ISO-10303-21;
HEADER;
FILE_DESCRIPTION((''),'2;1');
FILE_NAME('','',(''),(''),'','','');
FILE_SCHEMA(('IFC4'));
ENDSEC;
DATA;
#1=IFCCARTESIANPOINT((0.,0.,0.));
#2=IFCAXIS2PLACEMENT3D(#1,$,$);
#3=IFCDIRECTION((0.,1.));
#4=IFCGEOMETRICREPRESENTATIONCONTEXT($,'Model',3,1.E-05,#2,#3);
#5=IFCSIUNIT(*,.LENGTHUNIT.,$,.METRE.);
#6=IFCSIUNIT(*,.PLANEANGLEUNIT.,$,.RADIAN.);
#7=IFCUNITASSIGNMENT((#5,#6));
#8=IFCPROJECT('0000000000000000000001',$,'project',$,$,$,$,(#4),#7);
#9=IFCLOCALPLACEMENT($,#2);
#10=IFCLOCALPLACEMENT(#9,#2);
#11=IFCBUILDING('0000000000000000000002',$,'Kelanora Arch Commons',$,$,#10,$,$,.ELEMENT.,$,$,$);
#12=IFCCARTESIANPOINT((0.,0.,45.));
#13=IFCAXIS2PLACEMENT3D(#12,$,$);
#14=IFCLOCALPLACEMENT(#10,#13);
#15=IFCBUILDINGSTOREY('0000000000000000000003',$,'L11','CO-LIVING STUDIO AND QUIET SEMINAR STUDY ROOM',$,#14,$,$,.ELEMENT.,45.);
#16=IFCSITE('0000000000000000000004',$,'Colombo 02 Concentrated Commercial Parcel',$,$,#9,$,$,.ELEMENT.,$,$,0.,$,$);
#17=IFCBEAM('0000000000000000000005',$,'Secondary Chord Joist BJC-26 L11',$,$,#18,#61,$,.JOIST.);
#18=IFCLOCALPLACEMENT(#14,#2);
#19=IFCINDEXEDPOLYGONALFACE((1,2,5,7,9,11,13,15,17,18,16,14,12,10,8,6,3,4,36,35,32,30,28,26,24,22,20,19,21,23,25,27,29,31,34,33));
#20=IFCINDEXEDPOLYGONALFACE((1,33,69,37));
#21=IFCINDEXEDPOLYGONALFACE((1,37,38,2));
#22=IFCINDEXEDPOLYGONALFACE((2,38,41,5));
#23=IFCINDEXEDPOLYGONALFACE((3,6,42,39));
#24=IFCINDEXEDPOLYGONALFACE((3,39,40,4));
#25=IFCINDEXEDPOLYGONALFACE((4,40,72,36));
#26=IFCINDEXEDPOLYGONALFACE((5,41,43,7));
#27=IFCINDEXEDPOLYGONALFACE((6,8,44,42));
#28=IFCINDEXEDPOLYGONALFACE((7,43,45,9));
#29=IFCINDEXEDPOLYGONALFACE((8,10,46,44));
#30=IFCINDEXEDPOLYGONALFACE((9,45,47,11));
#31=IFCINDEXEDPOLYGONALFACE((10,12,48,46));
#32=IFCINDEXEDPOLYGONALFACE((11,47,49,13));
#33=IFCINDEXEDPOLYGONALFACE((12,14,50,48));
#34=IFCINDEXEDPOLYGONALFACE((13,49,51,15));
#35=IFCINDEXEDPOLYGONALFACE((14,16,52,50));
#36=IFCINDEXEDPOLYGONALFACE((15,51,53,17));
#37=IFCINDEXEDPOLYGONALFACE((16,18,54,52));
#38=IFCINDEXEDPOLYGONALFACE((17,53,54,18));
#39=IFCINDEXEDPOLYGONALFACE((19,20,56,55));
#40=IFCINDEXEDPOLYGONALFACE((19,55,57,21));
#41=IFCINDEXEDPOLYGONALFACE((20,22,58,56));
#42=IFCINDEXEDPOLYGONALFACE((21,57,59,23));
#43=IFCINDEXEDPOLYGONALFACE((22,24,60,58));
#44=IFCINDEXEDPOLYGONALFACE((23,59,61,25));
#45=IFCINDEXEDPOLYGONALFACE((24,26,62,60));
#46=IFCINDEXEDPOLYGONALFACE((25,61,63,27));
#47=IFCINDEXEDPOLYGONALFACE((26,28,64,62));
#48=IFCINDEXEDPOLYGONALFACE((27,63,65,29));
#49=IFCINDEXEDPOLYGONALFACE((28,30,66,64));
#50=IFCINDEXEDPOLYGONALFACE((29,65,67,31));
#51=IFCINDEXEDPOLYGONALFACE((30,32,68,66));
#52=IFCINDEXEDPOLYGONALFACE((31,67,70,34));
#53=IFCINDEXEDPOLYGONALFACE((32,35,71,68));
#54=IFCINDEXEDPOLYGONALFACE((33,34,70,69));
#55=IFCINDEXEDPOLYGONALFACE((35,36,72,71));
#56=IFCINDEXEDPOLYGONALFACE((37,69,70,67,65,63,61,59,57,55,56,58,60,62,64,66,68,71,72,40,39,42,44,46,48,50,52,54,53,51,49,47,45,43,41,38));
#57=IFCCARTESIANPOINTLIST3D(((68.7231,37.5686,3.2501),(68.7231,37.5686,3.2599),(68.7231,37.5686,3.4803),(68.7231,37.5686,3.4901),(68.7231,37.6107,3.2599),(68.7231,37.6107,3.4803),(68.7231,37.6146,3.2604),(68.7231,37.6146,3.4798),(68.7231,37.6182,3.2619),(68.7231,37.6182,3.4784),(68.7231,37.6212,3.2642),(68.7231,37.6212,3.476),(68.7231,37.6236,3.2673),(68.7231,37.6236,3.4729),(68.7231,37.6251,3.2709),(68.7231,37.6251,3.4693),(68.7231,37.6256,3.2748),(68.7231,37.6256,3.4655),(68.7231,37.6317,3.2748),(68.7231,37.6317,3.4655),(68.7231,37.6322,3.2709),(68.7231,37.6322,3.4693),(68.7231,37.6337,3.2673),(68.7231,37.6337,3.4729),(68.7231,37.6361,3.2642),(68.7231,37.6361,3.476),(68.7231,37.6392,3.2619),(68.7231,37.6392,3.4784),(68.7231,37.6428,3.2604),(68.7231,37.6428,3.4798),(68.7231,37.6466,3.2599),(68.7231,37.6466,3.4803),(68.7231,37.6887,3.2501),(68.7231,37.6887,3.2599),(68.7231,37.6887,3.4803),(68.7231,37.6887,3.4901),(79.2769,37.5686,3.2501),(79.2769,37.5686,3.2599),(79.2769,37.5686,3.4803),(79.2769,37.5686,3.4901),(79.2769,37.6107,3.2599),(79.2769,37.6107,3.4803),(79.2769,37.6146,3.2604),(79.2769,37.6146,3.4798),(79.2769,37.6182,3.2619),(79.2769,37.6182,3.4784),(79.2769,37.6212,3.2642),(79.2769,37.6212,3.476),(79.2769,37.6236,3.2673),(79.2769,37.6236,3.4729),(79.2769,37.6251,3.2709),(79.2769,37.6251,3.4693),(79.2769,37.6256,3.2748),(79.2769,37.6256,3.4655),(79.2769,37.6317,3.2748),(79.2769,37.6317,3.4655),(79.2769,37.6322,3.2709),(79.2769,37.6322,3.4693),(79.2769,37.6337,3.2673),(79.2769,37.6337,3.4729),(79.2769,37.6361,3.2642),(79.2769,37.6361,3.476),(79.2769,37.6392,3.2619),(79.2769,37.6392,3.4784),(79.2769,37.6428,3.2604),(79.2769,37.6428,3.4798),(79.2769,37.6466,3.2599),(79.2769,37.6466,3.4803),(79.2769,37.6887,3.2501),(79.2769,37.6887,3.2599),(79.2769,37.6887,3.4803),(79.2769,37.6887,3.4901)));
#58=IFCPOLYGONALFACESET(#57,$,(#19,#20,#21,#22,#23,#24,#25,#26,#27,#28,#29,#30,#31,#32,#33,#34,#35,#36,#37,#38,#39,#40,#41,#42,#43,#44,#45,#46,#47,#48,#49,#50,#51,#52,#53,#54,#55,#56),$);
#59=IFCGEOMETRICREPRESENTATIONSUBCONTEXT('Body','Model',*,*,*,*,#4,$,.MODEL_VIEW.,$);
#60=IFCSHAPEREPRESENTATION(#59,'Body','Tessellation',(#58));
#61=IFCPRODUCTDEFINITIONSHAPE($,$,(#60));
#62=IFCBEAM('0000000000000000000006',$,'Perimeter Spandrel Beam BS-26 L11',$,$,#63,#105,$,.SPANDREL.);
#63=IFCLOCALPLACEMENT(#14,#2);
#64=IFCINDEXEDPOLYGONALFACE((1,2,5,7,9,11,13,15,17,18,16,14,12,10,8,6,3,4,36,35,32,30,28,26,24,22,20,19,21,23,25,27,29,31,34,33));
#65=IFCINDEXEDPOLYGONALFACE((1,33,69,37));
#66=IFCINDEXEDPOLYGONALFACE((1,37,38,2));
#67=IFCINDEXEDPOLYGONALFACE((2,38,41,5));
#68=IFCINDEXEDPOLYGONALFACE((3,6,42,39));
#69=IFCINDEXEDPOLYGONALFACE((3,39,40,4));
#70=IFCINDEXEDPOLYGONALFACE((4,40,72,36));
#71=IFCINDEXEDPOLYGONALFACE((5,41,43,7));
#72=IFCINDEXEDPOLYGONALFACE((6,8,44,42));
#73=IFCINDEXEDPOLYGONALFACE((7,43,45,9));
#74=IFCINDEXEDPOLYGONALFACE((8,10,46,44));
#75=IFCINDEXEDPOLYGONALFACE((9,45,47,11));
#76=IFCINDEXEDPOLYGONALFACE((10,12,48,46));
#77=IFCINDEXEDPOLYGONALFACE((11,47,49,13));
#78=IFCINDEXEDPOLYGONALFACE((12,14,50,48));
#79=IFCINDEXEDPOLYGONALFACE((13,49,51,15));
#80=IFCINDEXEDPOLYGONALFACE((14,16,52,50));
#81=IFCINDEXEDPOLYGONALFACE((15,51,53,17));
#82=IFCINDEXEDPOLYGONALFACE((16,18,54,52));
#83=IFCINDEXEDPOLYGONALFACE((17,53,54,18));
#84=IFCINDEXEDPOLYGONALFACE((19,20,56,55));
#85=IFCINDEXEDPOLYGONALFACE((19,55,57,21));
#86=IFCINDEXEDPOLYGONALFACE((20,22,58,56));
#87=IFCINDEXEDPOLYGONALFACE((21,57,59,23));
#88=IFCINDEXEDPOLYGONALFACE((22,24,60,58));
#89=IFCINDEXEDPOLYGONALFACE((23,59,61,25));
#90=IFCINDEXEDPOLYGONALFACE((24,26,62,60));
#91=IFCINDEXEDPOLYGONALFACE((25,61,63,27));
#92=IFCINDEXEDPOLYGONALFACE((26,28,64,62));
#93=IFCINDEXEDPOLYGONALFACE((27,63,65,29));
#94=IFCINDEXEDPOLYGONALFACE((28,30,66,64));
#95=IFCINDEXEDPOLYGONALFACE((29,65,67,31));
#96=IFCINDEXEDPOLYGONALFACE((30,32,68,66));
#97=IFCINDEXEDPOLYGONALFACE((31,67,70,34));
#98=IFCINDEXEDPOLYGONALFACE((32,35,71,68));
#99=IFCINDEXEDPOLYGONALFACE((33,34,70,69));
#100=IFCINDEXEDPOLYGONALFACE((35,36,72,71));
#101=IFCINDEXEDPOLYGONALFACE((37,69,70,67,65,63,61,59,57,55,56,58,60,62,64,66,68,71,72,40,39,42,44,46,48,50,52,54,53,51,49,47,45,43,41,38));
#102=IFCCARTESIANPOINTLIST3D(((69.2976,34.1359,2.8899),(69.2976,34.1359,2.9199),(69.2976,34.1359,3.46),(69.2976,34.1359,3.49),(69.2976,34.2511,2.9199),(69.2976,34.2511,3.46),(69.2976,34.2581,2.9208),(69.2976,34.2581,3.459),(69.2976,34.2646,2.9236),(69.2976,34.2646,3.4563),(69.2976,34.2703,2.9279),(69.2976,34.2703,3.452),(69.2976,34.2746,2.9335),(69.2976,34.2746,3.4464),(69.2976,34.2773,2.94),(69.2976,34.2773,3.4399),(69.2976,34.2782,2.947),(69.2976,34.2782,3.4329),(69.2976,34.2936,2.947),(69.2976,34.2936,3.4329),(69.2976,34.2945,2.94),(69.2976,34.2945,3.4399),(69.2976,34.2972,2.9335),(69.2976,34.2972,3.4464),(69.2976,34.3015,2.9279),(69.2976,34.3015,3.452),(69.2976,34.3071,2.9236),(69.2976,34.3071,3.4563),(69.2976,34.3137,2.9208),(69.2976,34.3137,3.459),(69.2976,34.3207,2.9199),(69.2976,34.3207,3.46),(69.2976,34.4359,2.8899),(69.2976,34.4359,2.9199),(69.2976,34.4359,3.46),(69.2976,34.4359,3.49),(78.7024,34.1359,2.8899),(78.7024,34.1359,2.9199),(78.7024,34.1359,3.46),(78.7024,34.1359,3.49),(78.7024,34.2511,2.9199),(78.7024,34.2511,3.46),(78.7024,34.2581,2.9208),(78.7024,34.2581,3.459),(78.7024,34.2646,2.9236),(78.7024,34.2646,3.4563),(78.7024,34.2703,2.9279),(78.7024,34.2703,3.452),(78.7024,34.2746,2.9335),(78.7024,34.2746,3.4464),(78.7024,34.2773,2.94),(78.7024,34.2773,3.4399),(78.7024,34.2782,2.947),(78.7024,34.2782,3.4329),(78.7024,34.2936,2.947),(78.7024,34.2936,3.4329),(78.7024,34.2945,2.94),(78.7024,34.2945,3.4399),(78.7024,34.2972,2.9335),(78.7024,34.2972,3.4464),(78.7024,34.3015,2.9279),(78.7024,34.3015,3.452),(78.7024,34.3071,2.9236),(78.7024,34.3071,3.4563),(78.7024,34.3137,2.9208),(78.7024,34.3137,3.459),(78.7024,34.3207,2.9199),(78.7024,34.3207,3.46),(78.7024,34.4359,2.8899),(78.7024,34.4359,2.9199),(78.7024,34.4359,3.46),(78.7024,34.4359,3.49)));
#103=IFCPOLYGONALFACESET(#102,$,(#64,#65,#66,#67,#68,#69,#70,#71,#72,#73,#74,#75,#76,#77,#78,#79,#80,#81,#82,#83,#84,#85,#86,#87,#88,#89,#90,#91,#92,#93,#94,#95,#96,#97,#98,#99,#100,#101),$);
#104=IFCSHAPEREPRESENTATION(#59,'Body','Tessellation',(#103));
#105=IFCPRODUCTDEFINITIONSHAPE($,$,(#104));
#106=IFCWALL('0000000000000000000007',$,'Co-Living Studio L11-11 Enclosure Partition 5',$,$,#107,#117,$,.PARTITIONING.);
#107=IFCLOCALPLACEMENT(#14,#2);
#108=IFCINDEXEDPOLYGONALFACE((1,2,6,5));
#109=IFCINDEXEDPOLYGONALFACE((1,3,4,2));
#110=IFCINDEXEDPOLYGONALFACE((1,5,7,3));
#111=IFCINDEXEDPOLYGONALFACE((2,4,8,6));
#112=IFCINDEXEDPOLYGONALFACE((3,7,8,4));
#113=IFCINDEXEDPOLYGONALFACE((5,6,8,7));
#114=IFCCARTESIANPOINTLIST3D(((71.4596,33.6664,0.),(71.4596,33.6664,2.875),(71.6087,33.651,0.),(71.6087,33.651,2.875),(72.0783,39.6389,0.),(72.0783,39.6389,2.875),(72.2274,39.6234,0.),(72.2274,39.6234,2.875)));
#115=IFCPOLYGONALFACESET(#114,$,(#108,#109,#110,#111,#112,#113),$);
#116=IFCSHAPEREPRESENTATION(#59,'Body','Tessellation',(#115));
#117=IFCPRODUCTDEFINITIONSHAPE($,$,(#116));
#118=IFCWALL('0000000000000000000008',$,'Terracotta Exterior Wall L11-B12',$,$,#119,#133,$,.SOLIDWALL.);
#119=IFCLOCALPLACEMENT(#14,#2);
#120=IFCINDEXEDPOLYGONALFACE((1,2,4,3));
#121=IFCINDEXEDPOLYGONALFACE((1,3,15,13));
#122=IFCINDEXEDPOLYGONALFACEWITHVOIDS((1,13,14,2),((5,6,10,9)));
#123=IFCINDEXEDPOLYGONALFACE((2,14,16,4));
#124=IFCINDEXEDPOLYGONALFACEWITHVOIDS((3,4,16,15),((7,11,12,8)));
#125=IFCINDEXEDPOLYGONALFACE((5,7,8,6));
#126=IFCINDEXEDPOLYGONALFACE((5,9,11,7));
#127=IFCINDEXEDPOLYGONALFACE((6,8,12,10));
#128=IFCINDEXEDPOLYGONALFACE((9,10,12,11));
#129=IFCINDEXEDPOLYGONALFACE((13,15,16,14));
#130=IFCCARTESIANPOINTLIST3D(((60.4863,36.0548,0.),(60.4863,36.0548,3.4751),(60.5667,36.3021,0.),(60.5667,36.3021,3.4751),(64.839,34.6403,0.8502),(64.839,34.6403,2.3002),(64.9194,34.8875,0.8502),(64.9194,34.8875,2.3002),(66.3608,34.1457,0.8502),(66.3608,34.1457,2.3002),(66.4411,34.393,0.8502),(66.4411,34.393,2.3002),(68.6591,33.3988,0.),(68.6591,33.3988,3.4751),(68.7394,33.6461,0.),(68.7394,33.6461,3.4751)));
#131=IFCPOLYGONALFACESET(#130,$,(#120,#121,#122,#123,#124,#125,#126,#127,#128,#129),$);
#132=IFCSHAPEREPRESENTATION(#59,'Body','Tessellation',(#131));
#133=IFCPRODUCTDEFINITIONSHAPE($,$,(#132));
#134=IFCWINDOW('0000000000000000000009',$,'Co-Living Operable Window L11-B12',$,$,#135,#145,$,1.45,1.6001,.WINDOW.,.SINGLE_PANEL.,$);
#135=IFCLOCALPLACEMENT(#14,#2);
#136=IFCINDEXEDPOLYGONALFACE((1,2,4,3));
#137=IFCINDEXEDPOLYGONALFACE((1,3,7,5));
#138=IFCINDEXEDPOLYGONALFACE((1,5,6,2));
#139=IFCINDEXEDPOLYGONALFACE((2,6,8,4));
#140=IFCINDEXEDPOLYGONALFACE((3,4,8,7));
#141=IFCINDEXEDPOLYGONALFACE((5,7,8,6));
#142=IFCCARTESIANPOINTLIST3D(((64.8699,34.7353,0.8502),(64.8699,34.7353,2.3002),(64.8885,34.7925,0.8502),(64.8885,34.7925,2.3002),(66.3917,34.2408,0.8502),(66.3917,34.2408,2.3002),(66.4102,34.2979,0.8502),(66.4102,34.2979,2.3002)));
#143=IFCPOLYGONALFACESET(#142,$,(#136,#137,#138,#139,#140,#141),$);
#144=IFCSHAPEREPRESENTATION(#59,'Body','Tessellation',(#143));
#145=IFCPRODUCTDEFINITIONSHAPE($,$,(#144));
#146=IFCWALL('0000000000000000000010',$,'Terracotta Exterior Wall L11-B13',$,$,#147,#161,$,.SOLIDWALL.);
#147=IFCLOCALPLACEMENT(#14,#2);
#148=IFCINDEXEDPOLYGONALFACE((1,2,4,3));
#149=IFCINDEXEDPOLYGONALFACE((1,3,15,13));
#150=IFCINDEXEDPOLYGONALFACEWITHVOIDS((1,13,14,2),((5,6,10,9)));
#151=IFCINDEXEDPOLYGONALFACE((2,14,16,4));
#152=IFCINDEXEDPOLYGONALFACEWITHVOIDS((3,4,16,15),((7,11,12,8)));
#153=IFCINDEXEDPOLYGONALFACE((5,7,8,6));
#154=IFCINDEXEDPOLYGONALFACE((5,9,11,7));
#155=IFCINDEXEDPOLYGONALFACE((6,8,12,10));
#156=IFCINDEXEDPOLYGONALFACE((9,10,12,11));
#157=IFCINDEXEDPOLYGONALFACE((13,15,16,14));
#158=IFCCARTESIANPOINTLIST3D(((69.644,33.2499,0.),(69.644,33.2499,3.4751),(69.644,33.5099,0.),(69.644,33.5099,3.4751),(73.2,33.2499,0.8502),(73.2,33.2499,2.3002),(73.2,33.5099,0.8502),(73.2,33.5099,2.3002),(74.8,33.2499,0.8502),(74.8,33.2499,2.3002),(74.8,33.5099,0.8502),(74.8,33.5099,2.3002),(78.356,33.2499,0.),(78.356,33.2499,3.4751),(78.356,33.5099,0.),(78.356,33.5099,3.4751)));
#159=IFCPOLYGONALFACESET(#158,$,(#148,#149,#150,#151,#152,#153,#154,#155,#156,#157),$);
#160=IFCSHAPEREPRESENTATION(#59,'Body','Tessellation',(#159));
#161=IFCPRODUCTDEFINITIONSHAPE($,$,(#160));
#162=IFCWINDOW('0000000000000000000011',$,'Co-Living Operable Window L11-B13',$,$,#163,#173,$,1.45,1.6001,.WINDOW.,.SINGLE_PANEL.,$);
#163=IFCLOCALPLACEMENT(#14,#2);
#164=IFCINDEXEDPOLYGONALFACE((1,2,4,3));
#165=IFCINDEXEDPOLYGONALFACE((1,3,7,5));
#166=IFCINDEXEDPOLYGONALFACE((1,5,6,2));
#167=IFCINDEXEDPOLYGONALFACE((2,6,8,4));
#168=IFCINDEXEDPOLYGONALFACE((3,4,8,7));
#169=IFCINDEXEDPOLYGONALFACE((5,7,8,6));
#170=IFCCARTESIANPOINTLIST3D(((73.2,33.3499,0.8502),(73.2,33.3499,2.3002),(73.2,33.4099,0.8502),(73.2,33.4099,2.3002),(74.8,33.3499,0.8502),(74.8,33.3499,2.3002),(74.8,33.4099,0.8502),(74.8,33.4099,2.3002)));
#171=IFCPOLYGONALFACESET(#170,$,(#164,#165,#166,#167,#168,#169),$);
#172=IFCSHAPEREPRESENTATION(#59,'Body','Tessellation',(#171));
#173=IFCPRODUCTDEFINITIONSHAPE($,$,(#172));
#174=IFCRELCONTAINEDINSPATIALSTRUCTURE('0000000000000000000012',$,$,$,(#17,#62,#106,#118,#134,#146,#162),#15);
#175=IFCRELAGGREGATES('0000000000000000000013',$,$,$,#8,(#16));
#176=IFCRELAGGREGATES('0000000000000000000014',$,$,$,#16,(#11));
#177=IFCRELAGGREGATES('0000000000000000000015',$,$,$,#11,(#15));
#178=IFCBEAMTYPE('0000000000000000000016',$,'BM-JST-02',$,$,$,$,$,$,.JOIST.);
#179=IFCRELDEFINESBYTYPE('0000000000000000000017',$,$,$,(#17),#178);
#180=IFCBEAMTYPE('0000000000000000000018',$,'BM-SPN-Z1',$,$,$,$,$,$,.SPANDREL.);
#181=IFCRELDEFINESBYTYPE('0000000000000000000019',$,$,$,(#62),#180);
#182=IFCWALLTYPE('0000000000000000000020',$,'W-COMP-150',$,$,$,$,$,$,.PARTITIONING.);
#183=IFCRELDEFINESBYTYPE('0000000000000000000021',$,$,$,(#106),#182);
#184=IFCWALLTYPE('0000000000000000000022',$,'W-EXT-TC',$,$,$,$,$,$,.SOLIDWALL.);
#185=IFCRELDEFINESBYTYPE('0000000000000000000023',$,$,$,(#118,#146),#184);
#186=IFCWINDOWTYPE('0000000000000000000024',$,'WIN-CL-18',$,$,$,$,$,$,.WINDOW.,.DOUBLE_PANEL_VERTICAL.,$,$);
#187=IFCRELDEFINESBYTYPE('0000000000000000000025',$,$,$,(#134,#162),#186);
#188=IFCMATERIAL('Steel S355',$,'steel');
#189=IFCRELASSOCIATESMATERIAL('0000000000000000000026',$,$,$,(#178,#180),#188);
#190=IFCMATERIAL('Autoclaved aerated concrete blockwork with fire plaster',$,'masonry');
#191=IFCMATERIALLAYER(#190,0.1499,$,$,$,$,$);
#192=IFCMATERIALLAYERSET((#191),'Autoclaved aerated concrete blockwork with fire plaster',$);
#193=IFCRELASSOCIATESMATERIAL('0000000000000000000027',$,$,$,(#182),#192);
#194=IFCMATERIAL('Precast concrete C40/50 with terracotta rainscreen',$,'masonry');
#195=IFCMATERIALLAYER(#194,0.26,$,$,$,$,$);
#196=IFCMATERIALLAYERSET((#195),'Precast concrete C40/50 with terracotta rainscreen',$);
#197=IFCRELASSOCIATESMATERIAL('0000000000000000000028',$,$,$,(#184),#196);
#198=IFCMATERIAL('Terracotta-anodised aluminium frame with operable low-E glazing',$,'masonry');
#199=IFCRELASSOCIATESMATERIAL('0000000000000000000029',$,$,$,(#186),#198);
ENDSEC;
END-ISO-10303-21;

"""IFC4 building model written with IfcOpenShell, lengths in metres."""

from ifc_helpers import new_model, si_unit, direction, frame, frame_2d, origin, origin_2d, place, context, subcontext, project, spatial, rectangle, i_section, extrude, material, layer, layer_set, material_profile, profile_set, type_object, element, fill, save


model = new_model("IFC4")

# Units and contexts
model_context = context("Model", 3, precision=1e-05, world=origin(), true_north=direction((0.0, 1.0)))
body_context = subcontext(model_context, "Body", "Model", "MODEL_VIEW")
ifc_project = project(units=[si_unit("LENGTHUNIT", "METRE"), si_unit("PLANEANGLEUNIT", "RADIAN")], contexts=[model_context])

# Site, building, storey
site_placement = place(None, origin())
site = spatial("IfcSite", under=ifc_project, at=site_placement, Name="Colombo 02 Concentrated Commercial Parcel", CompositionType="ELEMENT", RefElevation=0.0)
building_placement = place(site_placement, origin())
building = spatial("IfcBuilding", under=site, at=building_placement, Name="Kelanora Arch Commons", CompositionType="ELEMENT")
storey_placement = place(building_placement, frame((0.0, 0.0, 45.0)))
storey = spatial("IfcBuildingStorey", under=building, at=storey_placement, Name="L11", Description="CO-LIVING STUDIO AND QUIET SEMINAR STUDY ROOM", CompositionType="ELEMENT", Elevation=45.0)

# Beams
ifc_material_1 = material(Name="Steel S355", Category="steel")
ifc_material_profile_1 = material_profile(ifc_material_1, i_section(OverallWidth=0.1201, OverallDepth=0.24, WebThickness=0.0061, FlangeThickness=0.0098, FilletRadius=0.0149, at=origin_2d()), Name="IPE240")
ifc_profile_set_1 = profile_set([ifc_material_profile_1], Name="Steel S355")
beam_type_1 = type_object("IfcBeamType", Name="BM-JST-02", PredefinedType="JOIST", material=ifc_profile_set_1)
beam_1_placement = place(storey_placement, frame((68.7231, 37.6287, 3.3701), z_axis=(1.0, 0.0, 0.0), x_axis=(0.0, 1.0, 0.0)))
element("IfcBeam", 1, at=beam_1_placement, inside=storey, type_object=beam_type_1, Name="Secondary Chord Joist BJC-26 L11", PredefinedType="JOIST", context=body_context, shape_type="SweptSolid", body=[
    extrude(i_section(OverallWidth=0.1201, OverallDepth=0.24, WebThickness=0.0061, FlangeThickness=0.0098, FilletRadius=0.0149, at=origin_2d()), origin(), (0.0, 0.0, 1.0), 10.5537),
])
ifc_material_profile_2 = material_profile(ifc_material_1, i_section(OverallWidth=0.3, OverallDepth=0.6001, WebThickness=0.0154, FlangeThickness=0.03, FilletRadius=0.0271, at=origin_2d()), Name="HEB600")
ifc_profile_set_2 = profile_set([ifc_material_profile_2], Name="Steel S355")
beam_type_2 = type_object("IfcBeamType", Name="BM-SPN-Z1", PredefinedType="SPANDREL", material=ifc_profile_set_2)
beam_2_placement = place(storey_placement, frame((69.2976, 34.2859, 3.1899), z_axis=(1.0, 0.0, 0.0), x_axis=(0.0, 1.0, 0.0)))
element("IfcBeam", 2, at=beam_2_placement, inside=storey, type_object=beam_type_2, Name="Perimeter Spandrel Beam BS-26 L11", PredefinedType="SPANDREL", context=body_context, shape_type="SweptSolid", body=[
    extrude(i_section(OverallWidth=0.3, OverallDepth=0.6001, WebThickness=0.0154, FlangeThickness=0.03, FilletRadius=0.0271, at=origin_2d()), origin(), (0.0, 0.0, 1.0), 9.4048),
])

# Wall
ifc_material_2 = material(Name="Autoclaved aerated concrete blockwork with fire plaster", Category="masonry")
ifc_layer_1 = layer(ifc_material_2, 0.1499)
ifc_layer_set_1 = layer_set([ifc_layer_1], Name="Autoclaved aerated concrete blockwork with fire plaster")
wall_type_1 = type_object("IfcWallType", Name="W-COMP-150", PredefinedType="PARTITIONING", material=ifc_layer_set_1)
wall_1_placement = place(storey_placement, frame((71.5342, 33.6587, 0.0), z_axis=(0.0, 0.0, 1.0), x_axis=(0.103034, 0.994678, 0.0)))
element("IfcWall", 3, at=wall_1_placement, inside=storey, type_object=wall_type_1, Name="Co-Living Studio L11-11 Enclosure Partition 5", PredefinedType="PARTITIONING", context=body_context, shape_type="SweptSolid", body=[
    extrude(rectangle(XDim=6.0044, YDim=0.1499, at=frame_2d((3.0022, 0.0))), origin(), (0.0, 0.0, 1.0), 2.875),
])

# Walls, openings, windows
ifc_material_3 = material(Name="Precast concrete C40/50 with terracotta rainscreen", Category="masonry")
ifc_layer_2 = layer(ifc_material_3, 0.26)
ifc_layer_set_2 = layer_set([ifc_layer_2], Name="Precast concrete C40/50 with terracotta rainscreen")
wall_type_2 = type_object("IfcWallType", Name="W-EXT-TC", PredefinedType="SOLIDWALL", material=ifc_layer_set_2)
wall_2_placement = place(storey_placement, frame((60.5264, 36.1785, 0.0), z_axis=(0.0, 0.0, 1.0), x_axis=(0.95104, -0.309068, 0.0)))
wall_2 = element("IfcWall", 4, at=wall_2_placement, inside=storey, type_object=wall_type_2, Name="Terracotta Exterior Wall L11-B12", PredefinedType="SOLIDWALL", context=body_context, shape_type="SweptSolid", body=[
    extrude(rectangle(XDim=8.5935, YDim=0.26, at=frame_2d((4.2969, 0.0))), origin(), (0.0, 0.0, 1.0), 3.4751),
])
opening_1_placement = place(wall_2_placement, frame((4.5769, 0.0, 0.8501)))
opening_1 = element("IfcOpeningElement", 5, at=opening_1_placement, cuts=wall_2, PredefinedType="OPENING", context=body_context, shape_type="SweptSolid", body=[
    extrude(rectangle(XDim=1.6001, YDim=1.45, at=frame_2d((0.8, 0.7251))), frame((0.0, 0.1401, 0.0), z_axis=(0.0, -1.0, 0.0), x_axis=(1.0, 0.0, 0.0)), (0.0, 0.0, 1.0), 0.28),
])
ifc_material_4 = material(Name="Terracotta-anodised aluminium frame with operable low-E glazing", Category="masonry")
window_type = type_object("IfcWindowType", Name="WIN-CL-18", PartitioningType="DOUBLE_PANEL_VERTICAL", PredefinedType="WINDOW", material=ifc_material_4)
window_1_placement = place(opening_1_placement, origin())
window_1 = element("IfcWindow", 6, at=window_1_placement, inside=storey, type_object=window_type, Name="Co-Living Operable Window L11-B12", OverallHeight=1.45, OverallWidth=1.6001, PartitioningType="SINGLE_PANEL", PredefinedType="WINDOW", context=body_context, shape_type="SweptSolid", body=[
    extrude(rectangle(XDim=1.6001, YDim=1.45, at=frame_2d((0.8, 0.7251))), frame((0.0, 0.03, 0.0), z_axis=(0.0, -1.0, 0.0), x_axis=(1.0, 0.0, 0.0)), (0.0, 0.0, 1.0), 0.0601),
])
fill(opening_1, window_1)
wall_3_placement = place(storey_placement, frame((69.644, 33.3799, 0.0), z_axis=(0.0, 0.0, 1.0), x_axis=(1.0, 0.0, 0.0)))
wall_3 = element("IfcWall", 7, at=wall_3_placement, inside=storey, type_object=wall_type_2, Name="Terracotta Exterior Wall L11-B13", PredefinedType="SOLIDWALL", context=body_context, shape_type="SweptSolid", body=[
    extrude(rectangle(XDim=8.7119, YDim=0.26, at=frame_2d((4.356, 0.0))), origin(), (0.0, 0.0, 1.0), 3.4751),
])
opening_2_placement = place(wall_3_placement, frame((3.5559, 0.0, 0.8501)))
opening_2 = element("IfcOpeningElement", 8, at=opening_2_placement, cuts=wall_3, PredefinedType="OPENING", context=body_context, shape_type="SweptSolid", body=[
    extrude(rectangle(XDim=1.6001, YDim=1.45, at=frame_2d((0.8, 0.7251))), frame((0.0, 0.1401, 0.0), z_axis=(0.0, -1.0, 0.0), x_axis=(1.0, 0.0, 0.0)), (0.0, 0.0, 1.0), 0.28),
])
window_2_placement = place(opening_2_placement, origin())
window_2 = element("IfcWindow", 9, at=window_2_placement, inside=storey, type_object=window_type, Name="Co-Living Operable Window L11-B13", OverallHeight=1.45, OverallWidth=1.6001, PartitioningType="SINGLE_PANEL", PredefinedType="WINDOW", context=body_context, shape_type="SweptSolid", body=[
    extrude(rectangle(XDim=1.6001, YDim=1.45, at=frame_2d((0.8, 0.7251))), frame((0.0, 0.03, 0.0), z_axis=(0.0, -1.0, 0.0), x_axis=(1.0, 0.0, 0.0)), (0.0, 0.0, 1.0), 0.0601),
])
fill(opening_2, window_2)

save(model, "model.ifc")
